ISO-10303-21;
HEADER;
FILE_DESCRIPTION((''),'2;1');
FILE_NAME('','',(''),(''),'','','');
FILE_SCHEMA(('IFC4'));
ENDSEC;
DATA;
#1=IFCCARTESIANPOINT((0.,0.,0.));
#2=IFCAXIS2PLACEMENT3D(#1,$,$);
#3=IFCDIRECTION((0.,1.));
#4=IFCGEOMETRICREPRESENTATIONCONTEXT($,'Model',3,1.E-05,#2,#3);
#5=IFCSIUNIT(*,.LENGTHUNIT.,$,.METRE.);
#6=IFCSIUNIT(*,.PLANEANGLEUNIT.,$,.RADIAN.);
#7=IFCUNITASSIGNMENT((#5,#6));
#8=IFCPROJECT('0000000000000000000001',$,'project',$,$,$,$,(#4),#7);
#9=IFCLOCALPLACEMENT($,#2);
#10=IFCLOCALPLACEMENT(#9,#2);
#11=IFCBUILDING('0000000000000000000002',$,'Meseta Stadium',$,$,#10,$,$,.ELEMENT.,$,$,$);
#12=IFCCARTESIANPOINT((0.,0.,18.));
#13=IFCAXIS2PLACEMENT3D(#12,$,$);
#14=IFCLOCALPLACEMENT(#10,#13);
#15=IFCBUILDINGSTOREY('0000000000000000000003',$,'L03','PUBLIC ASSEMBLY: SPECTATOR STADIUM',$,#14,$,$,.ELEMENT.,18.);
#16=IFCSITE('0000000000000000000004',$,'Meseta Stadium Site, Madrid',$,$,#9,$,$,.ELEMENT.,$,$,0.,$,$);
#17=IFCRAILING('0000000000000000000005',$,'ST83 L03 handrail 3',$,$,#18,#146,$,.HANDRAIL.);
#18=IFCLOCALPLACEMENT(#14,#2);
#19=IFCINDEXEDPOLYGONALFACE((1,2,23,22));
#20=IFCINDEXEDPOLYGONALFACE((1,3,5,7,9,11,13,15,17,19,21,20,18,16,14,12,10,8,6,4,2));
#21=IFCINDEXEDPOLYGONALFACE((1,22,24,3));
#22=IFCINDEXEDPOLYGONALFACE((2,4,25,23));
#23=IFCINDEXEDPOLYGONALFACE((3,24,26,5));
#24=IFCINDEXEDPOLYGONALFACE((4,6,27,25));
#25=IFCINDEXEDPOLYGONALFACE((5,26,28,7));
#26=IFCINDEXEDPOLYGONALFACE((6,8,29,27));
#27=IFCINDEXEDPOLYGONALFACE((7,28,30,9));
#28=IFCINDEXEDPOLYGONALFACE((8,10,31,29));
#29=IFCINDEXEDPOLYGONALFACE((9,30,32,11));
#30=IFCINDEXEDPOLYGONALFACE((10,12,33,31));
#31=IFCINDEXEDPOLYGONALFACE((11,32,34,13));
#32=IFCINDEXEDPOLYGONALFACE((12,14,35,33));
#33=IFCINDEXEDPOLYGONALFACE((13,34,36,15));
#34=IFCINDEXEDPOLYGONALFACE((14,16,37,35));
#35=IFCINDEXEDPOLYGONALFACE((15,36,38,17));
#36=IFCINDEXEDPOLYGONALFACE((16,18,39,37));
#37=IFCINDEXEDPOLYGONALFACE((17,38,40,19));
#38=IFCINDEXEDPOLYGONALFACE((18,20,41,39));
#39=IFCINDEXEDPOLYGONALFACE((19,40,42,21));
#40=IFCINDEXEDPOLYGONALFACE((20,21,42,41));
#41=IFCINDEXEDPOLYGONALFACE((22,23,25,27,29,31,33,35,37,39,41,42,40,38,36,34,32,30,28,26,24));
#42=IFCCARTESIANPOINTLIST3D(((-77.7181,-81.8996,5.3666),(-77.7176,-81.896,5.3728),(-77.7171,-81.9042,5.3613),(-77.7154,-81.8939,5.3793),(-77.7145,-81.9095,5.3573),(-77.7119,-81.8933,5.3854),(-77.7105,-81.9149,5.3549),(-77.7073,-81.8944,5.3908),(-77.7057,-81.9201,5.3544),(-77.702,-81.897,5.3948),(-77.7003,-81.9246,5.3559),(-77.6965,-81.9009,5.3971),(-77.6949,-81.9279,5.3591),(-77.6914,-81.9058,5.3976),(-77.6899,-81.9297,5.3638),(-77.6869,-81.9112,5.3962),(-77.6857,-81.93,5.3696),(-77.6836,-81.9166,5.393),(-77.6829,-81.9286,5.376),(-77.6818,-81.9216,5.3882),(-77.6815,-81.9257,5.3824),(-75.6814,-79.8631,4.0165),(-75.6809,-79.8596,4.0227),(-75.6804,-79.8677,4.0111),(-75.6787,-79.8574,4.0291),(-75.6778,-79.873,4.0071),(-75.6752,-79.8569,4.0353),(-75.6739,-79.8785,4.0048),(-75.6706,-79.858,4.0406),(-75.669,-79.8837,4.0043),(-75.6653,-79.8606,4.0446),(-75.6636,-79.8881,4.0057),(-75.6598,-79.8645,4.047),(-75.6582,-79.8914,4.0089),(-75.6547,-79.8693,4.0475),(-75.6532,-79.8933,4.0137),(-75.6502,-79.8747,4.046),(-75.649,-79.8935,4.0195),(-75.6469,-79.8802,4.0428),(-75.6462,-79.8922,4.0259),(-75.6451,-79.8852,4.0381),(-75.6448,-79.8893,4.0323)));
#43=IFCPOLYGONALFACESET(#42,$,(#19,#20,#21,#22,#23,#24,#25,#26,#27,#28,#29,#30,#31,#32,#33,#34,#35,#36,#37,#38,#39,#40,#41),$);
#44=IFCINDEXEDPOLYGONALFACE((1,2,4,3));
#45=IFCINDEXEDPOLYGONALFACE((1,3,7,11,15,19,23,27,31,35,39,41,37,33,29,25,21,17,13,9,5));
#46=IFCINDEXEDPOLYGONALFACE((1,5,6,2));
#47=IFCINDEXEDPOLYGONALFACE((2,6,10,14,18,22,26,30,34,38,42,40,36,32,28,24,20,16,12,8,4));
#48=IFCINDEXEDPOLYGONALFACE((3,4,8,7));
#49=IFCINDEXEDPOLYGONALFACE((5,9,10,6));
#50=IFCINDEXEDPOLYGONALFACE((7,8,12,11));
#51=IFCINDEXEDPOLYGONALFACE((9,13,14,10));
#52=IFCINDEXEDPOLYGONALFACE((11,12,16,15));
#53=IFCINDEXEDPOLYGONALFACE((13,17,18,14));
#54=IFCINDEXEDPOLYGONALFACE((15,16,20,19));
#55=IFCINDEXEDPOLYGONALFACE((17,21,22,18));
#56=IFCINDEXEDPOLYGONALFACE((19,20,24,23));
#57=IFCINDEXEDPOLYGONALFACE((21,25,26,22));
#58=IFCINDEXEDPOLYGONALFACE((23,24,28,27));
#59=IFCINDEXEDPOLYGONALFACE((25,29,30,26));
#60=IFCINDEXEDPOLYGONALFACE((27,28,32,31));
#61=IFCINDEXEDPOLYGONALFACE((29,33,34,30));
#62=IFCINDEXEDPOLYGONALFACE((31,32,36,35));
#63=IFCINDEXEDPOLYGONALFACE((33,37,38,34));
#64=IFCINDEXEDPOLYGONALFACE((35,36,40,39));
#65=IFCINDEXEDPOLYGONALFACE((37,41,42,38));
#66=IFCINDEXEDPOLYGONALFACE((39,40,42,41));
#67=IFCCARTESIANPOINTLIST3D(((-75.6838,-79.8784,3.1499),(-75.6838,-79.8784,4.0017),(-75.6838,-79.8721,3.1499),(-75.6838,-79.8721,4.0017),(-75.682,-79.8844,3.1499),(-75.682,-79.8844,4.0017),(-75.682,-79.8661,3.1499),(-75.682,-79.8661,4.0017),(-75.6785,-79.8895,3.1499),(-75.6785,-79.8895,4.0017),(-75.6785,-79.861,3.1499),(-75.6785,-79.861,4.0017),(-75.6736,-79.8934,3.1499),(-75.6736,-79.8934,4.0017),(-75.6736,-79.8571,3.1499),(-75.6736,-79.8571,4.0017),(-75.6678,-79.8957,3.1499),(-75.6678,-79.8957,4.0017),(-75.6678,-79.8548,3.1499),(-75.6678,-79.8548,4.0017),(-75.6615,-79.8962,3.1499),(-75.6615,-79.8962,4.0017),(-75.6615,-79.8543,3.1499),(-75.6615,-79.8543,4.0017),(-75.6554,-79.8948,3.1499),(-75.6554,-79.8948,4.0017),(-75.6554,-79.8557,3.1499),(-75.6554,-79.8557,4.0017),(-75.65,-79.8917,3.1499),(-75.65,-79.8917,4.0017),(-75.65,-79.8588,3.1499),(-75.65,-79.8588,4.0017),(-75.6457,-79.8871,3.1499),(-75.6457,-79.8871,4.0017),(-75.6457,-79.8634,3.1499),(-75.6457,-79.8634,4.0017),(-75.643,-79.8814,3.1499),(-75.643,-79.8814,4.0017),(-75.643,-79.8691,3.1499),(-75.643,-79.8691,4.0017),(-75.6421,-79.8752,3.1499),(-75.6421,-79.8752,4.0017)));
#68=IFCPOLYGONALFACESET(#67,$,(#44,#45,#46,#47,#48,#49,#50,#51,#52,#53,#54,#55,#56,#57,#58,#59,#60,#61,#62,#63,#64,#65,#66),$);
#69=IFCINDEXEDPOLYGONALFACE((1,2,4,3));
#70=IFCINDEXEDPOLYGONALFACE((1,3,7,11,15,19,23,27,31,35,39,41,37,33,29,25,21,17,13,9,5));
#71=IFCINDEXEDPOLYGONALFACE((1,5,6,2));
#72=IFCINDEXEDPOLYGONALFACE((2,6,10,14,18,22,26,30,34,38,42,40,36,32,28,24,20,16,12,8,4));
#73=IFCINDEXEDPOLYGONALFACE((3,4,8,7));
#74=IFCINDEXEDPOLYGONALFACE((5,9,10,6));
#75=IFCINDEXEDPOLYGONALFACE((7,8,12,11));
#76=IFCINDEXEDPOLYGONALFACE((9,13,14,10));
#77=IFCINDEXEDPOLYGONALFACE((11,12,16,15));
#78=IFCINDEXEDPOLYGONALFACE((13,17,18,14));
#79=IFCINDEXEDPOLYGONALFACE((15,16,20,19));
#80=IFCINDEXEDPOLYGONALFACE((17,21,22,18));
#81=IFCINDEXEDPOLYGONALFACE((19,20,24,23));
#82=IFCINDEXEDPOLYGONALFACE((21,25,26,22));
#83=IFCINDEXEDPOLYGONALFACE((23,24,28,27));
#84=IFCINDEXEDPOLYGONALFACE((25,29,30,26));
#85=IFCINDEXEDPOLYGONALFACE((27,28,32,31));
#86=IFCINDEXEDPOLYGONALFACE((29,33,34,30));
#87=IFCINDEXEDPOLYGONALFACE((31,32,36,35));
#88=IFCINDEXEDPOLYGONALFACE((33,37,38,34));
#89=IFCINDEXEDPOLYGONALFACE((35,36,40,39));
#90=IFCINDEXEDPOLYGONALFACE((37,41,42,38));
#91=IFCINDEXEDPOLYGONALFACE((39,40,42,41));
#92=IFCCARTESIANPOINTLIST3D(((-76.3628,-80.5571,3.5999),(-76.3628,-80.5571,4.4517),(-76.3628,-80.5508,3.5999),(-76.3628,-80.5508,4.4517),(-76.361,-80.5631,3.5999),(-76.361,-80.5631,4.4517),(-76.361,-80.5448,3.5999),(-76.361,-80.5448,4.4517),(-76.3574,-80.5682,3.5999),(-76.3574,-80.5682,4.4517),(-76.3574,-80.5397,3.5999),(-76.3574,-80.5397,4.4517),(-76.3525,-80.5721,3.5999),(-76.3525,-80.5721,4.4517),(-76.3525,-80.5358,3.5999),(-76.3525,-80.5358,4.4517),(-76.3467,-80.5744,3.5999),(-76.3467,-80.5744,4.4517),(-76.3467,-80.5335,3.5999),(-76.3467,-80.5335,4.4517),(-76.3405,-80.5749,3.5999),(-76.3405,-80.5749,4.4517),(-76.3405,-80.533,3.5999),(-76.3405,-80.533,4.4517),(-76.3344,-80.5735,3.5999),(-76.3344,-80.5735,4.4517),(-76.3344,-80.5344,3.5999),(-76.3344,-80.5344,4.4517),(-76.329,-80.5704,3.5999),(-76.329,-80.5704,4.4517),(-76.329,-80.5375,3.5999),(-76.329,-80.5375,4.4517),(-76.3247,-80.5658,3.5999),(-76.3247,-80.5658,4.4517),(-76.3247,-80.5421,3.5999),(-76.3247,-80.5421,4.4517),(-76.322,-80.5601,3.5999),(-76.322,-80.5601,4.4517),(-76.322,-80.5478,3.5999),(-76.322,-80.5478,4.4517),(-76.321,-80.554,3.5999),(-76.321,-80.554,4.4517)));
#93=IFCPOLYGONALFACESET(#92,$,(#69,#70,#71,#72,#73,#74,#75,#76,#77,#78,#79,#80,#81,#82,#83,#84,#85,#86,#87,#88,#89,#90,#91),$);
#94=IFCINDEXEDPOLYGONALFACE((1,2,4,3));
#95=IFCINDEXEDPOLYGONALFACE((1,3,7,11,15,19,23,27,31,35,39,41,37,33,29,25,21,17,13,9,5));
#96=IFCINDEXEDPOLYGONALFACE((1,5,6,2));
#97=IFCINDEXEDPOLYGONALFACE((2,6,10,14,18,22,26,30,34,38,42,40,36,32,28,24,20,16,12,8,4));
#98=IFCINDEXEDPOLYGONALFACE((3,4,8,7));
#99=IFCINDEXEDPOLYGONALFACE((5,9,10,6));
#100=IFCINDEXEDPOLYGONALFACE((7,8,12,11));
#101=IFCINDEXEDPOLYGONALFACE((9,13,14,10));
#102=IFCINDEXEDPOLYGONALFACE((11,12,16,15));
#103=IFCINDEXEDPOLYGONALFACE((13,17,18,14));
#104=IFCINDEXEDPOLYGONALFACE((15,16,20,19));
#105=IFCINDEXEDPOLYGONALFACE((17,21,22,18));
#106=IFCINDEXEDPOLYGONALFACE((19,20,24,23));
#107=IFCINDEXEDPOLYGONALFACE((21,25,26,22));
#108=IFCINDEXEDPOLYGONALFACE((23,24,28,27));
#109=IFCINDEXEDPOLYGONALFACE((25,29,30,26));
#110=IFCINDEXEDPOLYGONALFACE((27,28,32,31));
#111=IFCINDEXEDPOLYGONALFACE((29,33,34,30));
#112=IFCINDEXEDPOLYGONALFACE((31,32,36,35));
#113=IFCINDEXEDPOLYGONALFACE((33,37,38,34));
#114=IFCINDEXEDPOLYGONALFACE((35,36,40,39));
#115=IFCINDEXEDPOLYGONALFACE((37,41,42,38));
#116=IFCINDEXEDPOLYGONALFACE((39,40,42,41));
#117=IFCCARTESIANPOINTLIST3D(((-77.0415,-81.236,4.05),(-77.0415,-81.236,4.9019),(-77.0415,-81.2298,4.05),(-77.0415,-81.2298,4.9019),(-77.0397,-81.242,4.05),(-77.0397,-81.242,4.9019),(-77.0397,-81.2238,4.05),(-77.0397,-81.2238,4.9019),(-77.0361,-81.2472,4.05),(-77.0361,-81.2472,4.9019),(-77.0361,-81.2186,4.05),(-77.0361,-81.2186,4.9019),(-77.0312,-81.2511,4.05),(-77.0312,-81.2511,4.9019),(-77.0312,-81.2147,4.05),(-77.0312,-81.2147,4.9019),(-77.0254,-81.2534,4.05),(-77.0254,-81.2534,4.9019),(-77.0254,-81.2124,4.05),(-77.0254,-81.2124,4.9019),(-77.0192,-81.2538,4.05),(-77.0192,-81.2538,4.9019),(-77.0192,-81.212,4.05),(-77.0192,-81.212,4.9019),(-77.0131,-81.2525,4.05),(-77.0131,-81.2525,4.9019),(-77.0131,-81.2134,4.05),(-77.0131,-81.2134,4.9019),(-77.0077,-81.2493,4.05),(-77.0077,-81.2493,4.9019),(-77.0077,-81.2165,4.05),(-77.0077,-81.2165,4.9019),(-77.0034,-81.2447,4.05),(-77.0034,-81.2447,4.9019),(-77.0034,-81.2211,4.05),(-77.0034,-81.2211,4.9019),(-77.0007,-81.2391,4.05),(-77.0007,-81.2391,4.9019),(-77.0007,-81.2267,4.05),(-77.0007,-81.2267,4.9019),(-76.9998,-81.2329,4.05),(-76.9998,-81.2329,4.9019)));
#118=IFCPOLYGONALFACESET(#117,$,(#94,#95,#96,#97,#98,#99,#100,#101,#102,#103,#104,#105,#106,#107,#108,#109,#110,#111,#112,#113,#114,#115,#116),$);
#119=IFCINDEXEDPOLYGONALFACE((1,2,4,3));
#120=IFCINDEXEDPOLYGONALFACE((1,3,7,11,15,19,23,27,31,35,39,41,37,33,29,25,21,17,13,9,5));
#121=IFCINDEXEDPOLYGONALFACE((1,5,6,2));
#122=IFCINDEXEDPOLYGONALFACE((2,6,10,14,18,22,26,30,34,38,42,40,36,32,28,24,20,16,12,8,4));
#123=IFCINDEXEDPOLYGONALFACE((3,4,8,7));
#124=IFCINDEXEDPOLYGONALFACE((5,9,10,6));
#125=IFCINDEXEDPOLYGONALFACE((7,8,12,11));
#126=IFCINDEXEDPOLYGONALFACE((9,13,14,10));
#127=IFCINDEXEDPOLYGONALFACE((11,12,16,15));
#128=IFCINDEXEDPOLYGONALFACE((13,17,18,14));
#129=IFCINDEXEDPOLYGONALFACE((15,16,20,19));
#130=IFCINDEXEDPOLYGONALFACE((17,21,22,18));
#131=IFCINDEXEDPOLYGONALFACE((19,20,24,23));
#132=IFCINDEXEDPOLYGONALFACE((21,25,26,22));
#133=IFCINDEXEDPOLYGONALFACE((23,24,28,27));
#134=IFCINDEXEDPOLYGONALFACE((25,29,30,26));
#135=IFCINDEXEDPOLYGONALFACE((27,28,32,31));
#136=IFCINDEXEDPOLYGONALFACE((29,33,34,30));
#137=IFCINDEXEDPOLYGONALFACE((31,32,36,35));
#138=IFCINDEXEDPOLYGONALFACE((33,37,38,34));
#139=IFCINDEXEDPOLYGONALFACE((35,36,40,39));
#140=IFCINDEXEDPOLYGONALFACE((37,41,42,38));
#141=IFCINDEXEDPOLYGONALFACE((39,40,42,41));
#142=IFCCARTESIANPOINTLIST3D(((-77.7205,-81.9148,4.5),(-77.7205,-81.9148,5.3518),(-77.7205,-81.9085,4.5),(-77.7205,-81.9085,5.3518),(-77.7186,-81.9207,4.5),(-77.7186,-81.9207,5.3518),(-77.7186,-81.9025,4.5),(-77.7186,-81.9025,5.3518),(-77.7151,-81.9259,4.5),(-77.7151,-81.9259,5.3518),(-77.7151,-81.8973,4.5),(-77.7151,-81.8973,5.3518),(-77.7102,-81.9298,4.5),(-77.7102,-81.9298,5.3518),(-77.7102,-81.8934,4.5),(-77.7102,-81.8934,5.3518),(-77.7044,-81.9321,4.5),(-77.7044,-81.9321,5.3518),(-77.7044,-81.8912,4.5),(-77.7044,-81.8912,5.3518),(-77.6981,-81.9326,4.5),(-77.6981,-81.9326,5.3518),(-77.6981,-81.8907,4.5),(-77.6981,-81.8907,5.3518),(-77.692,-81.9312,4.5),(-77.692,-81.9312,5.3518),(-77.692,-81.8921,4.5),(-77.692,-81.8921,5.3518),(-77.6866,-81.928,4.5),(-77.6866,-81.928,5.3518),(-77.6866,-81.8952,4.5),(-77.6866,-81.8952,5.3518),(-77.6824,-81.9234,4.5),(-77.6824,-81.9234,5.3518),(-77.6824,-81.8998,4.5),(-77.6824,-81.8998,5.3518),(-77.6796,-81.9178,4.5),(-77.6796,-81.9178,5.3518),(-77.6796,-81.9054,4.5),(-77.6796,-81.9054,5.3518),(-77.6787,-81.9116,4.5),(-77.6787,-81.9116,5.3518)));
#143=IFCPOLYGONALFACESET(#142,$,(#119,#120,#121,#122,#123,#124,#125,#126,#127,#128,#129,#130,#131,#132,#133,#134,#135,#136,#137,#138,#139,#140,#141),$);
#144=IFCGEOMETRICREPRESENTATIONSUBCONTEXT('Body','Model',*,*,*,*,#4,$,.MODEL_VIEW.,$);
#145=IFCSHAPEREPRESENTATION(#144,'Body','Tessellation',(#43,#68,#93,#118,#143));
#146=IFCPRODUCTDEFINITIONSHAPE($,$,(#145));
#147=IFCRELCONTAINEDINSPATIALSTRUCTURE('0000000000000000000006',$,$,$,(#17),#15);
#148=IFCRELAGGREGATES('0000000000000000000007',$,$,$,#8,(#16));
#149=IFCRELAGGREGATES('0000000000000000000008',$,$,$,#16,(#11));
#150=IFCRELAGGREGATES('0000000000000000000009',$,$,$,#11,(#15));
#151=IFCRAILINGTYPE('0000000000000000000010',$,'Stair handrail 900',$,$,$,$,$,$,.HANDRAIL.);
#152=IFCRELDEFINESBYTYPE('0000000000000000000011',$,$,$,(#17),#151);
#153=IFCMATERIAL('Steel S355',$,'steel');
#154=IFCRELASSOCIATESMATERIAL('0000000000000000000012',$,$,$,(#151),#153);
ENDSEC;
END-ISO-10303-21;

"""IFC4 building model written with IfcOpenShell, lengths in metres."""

from ifc_helpers import new_model, si_unit, direction, frame, origin, origin_2d, place, context, subcontext, project, spatial, circle, extrude, material, type_object, element, save


model = new_model("IFC4")

# Units and contexts
model_context = context("Model", 3, precision=1e-05, world=origin(), true_north=direction((0.0, 1.0)))
body_context = subcontext(model_context, "Body", "Model", "MODEL_VIEW")
ifc_project = project(units=[si_unit("LENGTHUNIT", "METRE"), si_unit("PLANEANGLEUNIT", "RADIAN")], contexts=[model_context])

# Site, building, storey
site_placement = place(None, origin())
site = spatial("IfcSite", under=ifc_project, at=site_placement, Name="Meseta Stadium Site, Madrid", CompositionType="ELEMENT", RefElevation=0.0)
building_placement = place(site_placement, origin())
building = spatial("IfcBuilding", under=site, at=building_placement, Name="Meseta Stadium", CompositionType="ELEMENT")
storey_placement = place(building_placement, frame((0.0, 0.0, 18.0)))
storey = spatial("IfcBuildingStorey", under=building, at=storey_placement, Name="L03", Description="PUBLIC ASSEMBLY: SPECTATOR STADIUM", CompositionType="ELEMENT", Elevation=18.0)

# Railing
ifc_material_1 = material(Name="Steel S355", Category="steel")
railing_type_1 = type_object("IfcRailingType", Name="Stair handrail 900", PredefinedType="HANDRAIL", material=ifc_material_1)
for number, where, name in (
    (1, (-75.6631, -79.8752, 3.1499), "ST83 L03 handrail 3"),
):
    element("IfcRailing", number, at=place(storey_placement, frame(where)), inside=storey, type_object=railing_type_1, Name=name, PredefinedType="HANDRAIL", context=body_context, shape_type="SweptSolid", body=[
        extrude(circle(Radius=0.0239, at=origin_2d()), frame((0.0, 0.0, 0.876), z_axis=(-0.640288, -0.640211, 0.424454), x_axis=(0.707064, -0.707149, 0.0)), (0.0, 0.0, 1.0), 3.1809),
        extrude(circle(Radius=0.021, at=origin_2d()), origin(), (0.0, 0.0, 1.0), 0.8518),
        extrude(circle(Radius=0.021, at=origin_2d()), frame((-0.679, -0.6787, 0.45)), (0.0, 0.0, 1.0), 0.8518),
        extrude(circle(Radius=0.021, at=origin_2d()), frame((-1.3577, -1.3577, 0.9001)), (0.0, 0.0, 1.0), 0.8518),
        extrude(circle(Radius=0.021, at=origin_2d()), frame((-2.0366, -2.0364, 1.3501)), (0.0, 0.0, 1.0), 0.8518),
    ])

save(model, "model.ifc")
